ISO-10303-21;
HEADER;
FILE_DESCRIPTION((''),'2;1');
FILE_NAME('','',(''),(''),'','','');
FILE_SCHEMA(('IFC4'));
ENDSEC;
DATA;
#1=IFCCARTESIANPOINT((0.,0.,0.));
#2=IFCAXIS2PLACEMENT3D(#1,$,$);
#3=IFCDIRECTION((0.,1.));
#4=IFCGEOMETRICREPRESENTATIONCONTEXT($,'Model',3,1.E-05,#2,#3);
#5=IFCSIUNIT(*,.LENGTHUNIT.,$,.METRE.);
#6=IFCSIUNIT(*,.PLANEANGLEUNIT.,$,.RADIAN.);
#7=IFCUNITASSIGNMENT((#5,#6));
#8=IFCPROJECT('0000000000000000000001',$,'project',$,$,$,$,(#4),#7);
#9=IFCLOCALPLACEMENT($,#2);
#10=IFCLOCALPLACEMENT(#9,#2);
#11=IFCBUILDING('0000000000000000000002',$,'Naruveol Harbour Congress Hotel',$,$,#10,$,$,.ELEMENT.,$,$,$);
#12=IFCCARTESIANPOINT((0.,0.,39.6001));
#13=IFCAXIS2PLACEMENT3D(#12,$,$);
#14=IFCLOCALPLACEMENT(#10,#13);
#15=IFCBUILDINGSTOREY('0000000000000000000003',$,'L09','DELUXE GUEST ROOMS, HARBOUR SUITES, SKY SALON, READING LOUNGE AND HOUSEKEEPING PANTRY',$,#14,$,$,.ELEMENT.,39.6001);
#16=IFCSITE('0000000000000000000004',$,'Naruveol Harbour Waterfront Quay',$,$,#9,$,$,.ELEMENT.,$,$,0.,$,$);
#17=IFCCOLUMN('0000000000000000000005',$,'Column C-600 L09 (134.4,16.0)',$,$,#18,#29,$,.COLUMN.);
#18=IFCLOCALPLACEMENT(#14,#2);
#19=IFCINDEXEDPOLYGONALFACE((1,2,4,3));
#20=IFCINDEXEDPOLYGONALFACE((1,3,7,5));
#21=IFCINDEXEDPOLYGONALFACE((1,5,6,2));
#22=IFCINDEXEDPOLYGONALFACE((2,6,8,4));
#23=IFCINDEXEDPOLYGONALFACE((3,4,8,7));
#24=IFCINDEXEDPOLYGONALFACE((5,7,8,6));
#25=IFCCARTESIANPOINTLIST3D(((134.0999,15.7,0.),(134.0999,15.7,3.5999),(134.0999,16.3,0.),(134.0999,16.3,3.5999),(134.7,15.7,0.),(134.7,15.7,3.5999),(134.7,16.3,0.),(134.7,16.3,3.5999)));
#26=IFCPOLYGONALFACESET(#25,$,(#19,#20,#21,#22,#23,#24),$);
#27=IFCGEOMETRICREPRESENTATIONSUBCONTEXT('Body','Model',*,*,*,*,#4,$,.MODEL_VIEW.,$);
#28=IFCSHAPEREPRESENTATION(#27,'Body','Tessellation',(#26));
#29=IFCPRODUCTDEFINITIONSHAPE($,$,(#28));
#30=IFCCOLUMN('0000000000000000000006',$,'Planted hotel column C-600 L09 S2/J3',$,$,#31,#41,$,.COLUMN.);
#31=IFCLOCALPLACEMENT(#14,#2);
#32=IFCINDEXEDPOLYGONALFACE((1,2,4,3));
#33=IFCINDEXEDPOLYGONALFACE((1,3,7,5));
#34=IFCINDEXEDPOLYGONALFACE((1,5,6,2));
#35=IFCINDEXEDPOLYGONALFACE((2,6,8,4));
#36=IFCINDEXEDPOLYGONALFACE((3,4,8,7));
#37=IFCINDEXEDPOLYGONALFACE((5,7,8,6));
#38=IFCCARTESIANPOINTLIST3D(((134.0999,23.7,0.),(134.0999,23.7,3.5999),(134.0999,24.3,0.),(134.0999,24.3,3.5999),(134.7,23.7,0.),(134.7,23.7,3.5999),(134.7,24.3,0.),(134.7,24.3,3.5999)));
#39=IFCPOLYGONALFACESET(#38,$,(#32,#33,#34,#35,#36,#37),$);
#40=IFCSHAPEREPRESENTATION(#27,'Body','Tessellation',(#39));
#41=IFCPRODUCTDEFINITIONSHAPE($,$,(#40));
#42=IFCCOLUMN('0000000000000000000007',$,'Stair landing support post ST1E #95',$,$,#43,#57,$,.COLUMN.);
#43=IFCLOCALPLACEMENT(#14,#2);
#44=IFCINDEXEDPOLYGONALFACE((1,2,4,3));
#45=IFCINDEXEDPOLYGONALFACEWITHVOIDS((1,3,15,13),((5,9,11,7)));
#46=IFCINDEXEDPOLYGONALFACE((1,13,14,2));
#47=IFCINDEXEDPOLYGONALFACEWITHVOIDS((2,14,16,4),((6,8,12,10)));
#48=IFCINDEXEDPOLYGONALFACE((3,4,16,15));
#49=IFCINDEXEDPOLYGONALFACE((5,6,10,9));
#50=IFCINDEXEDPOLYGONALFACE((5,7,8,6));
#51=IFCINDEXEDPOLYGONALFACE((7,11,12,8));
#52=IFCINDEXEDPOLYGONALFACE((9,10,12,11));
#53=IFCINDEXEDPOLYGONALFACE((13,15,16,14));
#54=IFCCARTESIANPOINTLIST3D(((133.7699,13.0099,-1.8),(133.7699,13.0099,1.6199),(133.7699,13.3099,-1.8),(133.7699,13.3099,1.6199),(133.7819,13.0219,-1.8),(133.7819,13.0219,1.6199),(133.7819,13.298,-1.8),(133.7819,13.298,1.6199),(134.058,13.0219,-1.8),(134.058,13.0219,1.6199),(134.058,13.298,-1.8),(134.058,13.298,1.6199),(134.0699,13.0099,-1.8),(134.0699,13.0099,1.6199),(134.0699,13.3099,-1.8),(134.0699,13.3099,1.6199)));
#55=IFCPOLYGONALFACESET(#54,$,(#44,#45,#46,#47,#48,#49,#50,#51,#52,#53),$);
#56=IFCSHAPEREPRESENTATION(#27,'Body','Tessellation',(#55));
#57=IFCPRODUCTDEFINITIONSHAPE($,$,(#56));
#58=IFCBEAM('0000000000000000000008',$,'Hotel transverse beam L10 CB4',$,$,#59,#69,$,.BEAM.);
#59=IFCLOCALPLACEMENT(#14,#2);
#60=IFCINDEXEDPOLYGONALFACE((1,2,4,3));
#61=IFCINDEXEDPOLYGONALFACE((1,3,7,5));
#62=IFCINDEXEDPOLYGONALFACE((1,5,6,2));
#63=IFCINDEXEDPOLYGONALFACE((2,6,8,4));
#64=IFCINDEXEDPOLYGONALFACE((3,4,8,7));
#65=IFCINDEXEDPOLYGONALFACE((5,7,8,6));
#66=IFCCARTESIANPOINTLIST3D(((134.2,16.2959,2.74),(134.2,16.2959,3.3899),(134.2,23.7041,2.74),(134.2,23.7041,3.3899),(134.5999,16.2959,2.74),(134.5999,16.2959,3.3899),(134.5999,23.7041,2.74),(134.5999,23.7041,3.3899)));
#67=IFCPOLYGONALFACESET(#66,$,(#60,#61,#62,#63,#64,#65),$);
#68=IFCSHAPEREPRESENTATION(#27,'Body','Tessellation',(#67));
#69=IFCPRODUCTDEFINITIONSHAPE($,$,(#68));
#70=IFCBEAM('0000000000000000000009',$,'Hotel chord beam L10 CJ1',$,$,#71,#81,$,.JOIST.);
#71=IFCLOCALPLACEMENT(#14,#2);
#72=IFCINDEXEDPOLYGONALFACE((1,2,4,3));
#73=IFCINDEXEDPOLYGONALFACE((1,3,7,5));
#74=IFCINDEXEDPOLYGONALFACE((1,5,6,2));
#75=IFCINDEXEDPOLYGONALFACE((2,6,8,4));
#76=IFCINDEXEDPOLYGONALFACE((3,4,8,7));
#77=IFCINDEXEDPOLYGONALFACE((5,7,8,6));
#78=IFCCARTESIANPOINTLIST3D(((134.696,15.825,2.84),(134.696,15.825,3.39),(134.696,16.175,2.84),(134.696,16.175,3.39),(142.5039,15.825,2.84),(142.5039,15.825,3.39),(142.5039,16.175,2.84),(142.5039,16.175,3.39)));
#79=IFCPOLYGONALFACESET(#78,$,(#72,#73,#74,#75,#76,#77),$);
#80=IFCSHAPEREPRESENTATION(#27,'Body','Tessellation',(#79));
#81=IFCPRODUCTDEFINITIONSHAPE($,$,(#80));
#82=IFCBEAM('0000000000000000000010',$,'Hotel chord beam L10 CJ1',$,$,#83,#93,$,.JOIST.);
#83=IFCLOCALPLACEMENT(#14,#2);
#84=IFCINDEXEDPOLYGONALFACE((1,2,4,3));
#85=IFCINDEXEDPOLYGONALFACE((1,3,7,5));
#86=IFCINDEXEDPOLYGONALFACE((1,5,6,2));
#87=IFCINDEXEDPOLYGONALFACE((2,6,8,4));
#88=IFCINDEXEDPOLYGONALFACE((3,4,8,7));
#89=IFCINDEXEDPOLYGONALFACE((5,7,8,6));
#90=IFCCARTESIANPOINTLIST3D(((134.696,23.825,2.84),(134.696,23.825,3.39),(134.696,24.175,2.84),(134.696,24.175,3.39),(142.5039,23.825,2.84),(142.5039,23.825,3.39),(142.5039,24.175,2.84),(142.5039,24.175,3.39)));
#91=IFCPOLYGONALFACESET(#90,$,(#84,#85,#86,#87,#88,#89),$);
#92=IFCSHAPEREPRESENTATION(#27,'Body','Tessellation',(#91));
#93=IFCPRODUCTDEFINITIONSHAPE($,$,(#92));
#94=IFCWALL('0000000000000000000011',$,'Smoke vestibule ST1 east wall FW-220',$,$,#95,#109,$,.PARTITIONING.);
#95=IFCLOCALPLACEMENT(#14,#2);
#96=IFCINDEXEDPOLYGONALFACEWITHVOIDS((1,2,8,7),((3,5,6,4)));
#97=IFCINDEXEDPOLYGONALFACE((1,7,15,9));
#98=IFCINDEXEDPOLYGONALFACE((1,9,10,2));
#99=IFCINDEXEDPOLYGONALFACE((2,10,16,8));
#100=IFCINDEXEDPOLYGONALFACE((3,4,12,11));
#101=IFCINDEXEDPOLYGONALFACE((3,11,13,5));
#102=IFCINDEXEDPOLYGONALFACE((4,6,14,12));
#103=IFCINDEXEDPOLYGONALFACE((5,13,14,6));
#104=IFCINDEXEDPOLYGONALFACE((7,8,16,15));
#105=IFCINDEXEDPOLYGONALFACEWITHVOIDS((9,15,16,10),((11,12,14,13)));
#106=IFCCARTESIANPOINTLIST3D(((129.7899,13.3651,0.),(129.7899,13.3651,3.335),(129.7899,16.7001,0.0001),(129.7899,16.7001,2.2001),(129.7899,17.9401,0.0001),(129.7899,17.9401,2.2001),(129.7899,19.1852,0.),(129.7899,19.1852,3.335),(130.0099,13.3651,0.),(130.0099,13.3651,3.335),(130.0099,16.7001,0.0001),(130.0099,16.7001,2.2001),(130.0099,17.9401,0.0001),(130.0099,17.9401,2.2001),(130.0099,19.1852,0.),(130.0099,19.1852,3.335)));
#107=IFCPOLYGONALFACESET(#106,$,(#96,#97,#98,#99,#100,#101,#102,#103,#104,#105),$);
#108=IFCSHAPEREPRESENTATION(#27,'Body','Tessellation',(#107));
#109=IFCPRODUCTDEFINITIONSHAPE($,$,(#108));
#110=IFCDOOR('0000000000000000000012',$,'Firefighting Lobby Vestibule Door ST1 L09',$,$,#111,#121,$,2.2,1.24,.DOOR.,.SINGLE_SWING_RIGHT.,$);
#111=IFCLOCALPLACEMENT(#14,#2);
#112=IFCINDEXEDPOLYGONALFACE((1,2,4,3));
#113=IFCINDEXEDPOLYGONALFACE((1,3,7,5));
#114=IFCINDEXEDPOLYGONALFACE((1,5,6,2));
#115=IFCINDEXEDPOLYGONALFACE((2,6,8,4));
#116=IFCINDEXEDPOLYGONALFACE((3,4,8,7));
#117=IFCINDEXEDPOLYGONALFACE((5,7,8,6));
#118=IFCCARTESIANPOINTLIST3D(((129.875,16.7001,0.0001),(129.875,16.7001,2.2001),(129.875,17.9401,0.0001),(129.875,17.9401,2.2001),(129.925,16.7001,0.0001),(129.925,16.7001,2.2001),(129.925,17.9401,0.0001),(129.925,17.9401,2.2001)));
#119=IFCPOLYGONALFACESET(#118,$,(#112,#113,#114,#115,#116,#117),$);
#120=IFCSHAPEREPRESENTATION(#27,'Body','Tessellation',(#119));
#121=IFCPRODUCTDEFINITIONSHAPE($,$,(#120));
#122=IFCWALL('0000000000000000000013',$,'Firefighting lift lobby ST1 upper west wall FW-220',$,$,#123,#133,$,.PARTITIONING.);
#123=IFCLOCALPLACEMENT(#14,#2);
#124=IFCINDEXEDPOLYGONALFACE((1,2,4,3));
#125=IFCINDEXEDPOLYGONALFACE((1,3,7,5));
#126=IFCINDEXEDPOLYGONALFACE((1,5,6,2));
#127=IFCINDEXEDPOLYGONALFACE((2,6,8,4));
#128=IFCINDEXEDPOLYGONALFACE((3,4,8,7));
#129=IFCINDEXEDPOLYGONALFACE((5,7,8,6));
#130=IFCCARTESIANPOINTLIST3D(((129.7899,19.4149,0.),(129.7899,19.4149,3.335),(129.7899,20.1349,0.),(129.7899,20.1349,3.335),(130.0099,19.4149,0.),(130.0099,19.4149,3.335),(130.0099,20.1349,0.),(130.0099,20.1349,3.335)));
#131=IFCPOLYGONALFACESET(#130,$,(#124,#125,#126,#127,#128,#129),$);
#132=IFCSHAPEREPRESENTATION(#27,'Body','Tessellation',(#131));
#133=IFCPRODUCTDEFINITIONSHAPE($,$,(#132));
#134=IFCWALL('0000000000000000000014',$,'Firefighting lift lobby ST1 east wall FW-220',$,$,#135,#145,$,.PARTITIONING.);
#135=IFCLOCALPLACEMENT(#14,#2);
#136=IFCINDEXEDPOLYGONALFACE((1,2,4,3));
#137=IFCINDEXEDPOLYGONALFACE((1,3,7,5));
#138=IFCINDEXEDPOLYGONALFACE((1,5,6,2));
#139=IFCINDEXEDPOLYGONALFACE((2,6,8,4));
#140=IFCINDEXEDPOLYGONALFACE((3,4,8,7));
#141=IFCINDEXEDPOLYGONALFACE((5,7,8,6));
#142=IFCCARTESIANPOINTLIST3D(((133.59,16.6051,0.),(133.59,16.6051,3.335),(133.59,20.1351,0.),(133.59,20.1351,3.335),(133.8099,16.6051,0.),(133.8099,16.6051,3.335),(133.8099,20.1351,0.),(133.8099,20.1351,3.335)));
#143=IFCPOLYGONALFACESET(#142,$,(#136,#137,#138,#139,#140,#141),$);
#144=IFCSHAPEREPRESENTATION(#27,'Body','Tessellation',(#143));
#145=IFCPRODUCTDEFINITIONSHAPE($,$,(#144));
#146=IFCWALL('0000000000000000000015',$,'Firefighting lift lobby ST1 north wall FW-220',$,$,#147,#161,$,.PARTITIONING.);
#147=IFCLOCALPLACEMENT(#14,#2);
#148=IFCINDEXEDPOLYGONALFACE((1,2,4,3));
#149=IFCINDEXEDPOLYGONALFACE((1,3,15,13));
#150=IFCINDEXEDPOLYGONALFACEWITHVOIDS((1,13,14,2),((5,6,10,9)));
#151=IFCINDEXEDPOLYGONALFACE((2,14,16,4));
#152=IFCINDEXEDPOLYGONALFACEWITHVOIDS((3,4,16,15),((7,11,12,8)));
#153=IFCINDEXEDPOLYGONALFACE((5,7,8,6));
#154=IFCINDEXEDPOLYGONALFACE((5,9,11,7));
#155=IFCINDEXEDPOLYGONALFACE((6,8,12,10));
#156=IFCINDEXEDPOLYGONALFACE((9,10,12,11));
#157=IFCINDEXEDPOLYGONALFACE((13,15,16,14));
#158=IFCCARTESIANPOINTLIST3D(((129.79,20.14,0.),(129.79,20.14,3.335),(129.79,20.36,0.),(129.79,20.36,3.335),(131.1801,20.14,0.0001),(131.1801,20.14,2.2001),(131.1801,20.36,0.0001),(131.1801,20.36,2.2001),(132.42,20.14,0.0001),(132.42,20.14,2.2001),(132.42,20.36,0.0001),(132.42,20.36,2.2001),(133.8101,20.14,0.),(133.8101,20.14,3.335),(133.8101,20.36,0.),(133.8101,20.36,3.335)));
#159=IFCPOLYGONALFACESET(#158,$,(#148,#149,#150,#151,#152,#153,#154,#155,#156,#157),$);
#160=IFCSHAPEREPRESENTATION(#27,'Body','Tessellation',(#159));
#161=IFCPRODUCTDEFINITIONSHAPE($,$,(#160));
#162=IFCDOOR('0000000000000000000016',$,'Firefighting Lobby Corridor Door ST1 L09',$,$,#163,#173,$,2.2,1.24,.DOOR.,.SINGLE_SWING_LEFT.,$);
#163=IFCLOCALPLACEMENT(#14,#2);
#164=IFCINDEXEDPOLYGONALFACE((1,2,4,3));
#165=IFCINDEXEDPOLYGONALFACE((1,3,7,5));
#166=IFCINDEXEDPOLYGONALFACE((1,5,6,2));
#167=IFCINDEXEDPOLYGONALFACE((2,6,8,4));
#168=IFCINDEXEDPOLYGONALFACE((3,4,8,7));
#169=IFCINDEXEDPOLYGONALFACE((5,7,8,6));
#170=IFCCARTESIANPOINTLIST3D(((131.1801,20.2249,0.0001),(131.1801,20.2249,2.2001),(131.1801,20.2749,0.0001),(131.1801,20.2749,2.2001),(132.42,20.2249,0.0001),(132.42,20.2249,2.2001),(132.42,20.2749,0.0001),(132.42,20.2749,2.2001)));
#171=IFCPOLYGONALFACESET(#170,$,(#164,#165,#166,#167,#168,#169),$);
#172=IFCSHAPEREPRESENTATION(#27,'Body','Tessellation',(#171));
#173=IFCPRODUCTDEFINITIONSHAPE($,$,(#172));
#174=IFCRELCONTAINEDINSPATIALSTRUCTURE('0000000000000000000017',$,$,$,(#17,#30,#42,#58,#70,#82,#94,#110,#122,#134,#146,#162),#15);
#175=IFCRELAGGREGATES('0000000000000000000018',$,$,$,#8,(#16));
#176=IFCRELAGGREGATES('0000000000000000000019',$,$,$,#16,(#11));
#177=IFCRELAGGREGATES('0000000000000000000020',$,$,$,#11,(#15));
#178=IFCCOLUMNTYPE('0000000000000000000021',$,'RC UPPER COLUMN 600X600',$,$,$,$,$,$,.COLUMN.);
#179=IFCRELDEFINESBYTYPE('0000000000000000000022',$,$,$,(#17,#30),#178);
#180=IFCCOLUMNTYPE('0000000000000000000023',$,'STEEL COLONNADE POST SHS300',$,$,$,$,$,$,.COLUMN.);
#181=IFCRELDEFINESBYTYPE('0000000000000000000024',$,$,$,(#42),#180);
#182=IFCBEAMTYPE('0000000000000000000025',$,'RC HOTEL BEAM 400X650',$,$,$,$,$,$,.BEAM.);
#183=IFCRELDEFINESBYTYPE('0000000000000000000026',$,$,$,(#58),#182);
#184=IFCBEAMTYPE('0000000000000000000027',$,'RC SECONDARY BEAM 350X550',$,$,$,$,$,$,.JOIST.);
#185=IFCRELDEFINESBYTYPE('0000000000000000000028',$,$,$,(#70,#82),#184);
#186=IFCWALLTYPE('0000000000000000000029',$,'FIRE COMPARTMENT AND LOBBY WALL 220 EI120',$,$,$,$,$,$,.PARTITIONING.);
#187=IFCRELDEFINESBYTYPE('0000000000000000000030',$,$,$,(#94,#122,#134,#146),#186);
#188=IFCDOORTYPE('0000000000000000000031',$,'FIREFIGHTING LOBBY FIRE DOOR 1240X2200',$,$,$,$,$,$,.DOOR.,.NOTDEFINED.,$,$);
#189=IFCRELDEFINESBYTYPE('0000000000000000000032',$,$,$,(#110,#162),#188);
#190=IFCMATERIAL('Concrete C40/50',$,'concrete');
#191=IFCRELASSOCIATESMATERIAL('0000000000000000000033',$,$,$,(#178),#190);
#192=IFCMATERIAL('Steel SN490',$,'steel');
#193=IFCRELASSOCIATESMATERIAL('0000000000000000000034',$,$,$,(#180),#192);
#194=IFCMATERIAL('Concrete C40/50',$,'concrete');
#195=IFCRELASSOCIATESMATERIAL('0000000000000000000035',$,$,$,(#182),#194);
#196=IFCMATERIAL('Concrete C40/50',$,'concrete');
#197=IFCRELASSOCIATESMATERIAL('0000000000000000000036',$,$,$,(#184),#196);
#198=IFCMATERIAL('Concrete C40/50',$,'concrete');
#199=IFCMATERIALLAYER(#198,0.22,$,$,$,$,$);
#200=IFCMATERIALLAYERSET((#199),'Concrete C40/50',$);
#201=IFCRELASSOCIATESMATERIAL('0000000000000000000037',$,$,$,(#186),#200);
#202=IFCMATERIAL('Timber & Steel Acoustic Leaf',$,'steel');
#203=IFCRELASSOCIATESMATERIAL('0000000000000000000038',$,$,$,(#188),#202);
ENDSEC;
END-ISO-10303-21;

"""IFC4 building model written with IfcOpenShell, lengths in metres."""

from ifc_helpers import new_model, si_unit, direction, frame, frame_2d, origin, origin_2d, place, context, subcontext, project, spatial, rectangle, hollow_rectangle, extrude, material, layer, layer_set, material_profile, profile_set, type_object, element, fill, save


model = new_model("IFC4")

# Units and contexts
model_context = context("Model", 3, precision=1e-05, world=origin(), true_north=direction((0.0, 1.0)))
body_context = subcontext(model_context, "Body", "Model", "MODEL_VIEW")
ifc_project = project(units=[si_unit("LENGTHUNIT", "METRE"), si_unit("PLANEANGLEUNIT", "RADIAN")], contexts=[model_context])

# Site, building, storey
site_placement = place(None, origin())
site = spatial("IfcSite", under=ifc_project, at=site_placement, Name="Naruveol Harbour Waterfront Quay", CompositionType="ELEMENT", RefElevation=0.0)
building_placement = place(site_placement, origin())
building = spatial("IfcBuilding", under=site, at=building_placement, Name="Naruveol Harbour Congress Hotel", CompositionType="ELEMENT")
storey_placement = place(building_placement, frame((0.0, 0.0, 39.6001)))
storey = spatial("IfcBuildingStorey", under=building, at=storey_placement, Name="L09", Description="DELUXE GUEST ROOMS, HARBOUR SUITES, SKY SALON, READING LOUNGE AND HOUSEKEEPING PANTRY", CompositionType="ELEMENT", Elevation=39.6001)

# Columns
ifc_material_1 = material(Name="Concrete C40/50", Category="concrete")
ifc_material_profile_1 = material_profile(ifc_material_1, rectangle(XDim=0.6001, YDim=0.6001, at=origin_2d()), Name="RC-600x600")
ifc_profile_set_1 = profile_set([ifc_material_profile_1], Name="Concrete C40/50")
column_type_1 = type_object("IfcColumnType", Name="RC UPPER COLUMN 600X600", PredefinedType="COLUMN", material=ifc_profile_set_1)
for number, where, z_axis, x_axis, name in (
    (1, (134.3999, 16.0, 0.0), (0.0, 0.0, 1.0), (1.0, 0.0, 0.0), "Column C-600 L09 (134.4,16.0)"),
    (2, (134.3999, 24.0, 0.0), (0.0, 0.0, 1.0), (1.0, 0.0, 0.0), "Planted hotel column C-600 L09 S2/J3"),
):
    element("IfcColumn", number, at=place(storey_placement, frame(where, z_axis=z_axis, x_axis=x_axis)), inside=storey, type_object=column_type_1, Name=name, PredefinedType="COLUMN", context=body_context, shape_type="SweptSolid", body=[
        extrude(rectangle(XDim=0.6001, YDim=0.6001, at=origin_2d()), origin(), (0.0, 0.0, 1.0), 3.5999),
    ])
ifc_material_2 = material(Name="Steel SN490", Category="steel")
ifc_material_profile_2 = material_profile(ifc_material_2, hollow_rectangle(XDim=0.3, YDim=0.3, WallThickness=0.012, at=origin_2d()), Name="SHS-300x300x12")
ifc_profile_set_2 = profile_set([ifc_material_profile_2], Name="Steel SN490")
column_type_2 = type_object("IfcColumnType", Name="STEEL COLONNADE POST SHS300", PredefinedType="COLUMN", material=ifc_profile_set_2)
column_placement = place(storey_placement, frame((133.9199, 13.1599, -1.8), z_axis=(0.0, 0.0, 1.0), x_axis=(1.0, 0.0, 0.0)))
element("IfcColumn", 3, at=column_placement, inside=storey, type_object=column_type_2, Name="Stair landing support post ST1E #95", PredefinedType="COLUMN", context=body_context, shape_type="SweptSolid", body=[
    extrude(hollow_rectangle(XDim=0.3, YDim=0.3, WallThickness=0.012, at=origin_2d()), origin(), (0.0, 0.0, 1.0), 3.4199),
])

# Beams
ifc_material_3 = material(Name="Concrete C40/50", Category="concrete")
ifc_material_profile_3 = material_profile(ifc_material_3, rectangle(XDim=0.3999, YDim=0.6499, at=origin_2d()), Name="RCB-400x650")
ifc_profile_set_3 = profile_set([ifc_material_profile_3], Name="Concrete C40/50")
beam_type_1 = type_object("IfcBeamType", Name="RC HOTEL BEAM 400X650", PredefinedType="BEAM", material=ifc_profile_set_3)
beam_placement = place(storey_placement, frame((134.3999, 16.2959, 3.0649), z_axis=(0.0, 1.0, 0.0), x_axis=(-1.0, 0.0, 0.0)))
element("IfcBeam", 4, at=beam_placement, inside=storey, type_object=beam_type_1, Name="Hotel transverse beam L10 CB4", PredefinedType="BEAM", context=body_context, shape_type="SweptSolid", body=[
    extrude(rectangle(XDim=0.3999, YDim=0.6499, at=origin_2d()), origin(), (0.0, 0.0, 1.0), 7.4082),
])
ifc_material_4 = material(Name="Concrete C40/50", Category="concrete")
ifc_material_profile_4 = material_profile(ifc_material_4, rectangle(XDim=0.3501, YDim=0.55, at=origin_2d()), Name="RCB-350x550")
ifc_profile_set_4 = profile_set([ifc_material_profile_4], Name="Concrete C40/50")
beam_type_2 = type_object("IfcBeamType", Name="RC SECONDARY BEAM 350X550", PredefinedType="JOIST", material=ifc_profile_set_4)
for number, where, z_axis, x_axis, name in (
    (5, (134.696, 16.0, 3.115), (1.0, 0.0, 0.0), (0.0, 1.0, 0.0), "Hotel chord beam L10 CJ1"),
    (6, (134.696, 24.0, 3.115), (1.0, 0.0, 0.0), (0.0, 1.0, 0.0), "Hotel chord beam L10 CJ1"),
):
    element("IfcBeam", number, at=place(storey_placement, frame(where, z_axis=z_axis, x_axis=x_axis)), inside=storey, type_object=beam_type_2, Name=name, PredefinedType="JOIST", context=body_context, shape_type="SweptSolid", body=[
        extrude(rectangle(XDim=0.3501, YDim=0.55, at=origin_2d()), origin(), (0.0, 0.0, 1.0), 7.8079),
    ])

# Wall, opening, door
ifc_material_5 = material(Name="Concrete C40/50", Category="concrete")
ifc_layer_1 = layer(ifc_material_5, 0.22)
ifc_layer_set_1 = layer_set([ifc_layer_1], Name="Concrete C40/50")
wall_type_1 = type_object("IfcWallType", Name="FIRE COMPARTMENT AND LOBBY WALL 220 EI120", PredefinedType="PARTITIONING", material=ifc_layer_set_1)
wall_1_placement = place(storey_placement, frame((129.8999, 13.365, 0.0), z_axis=(0.0, 0.0, 1.0), x_axis=(0.0, 1.0, 0.0)))
wall_1 = element("IfcWall", 7, at=wall_1_placement, inside=storey, type_object=wall_type_1, Name="Smoke vestibule ST1 east wall FW-220", PredefinedType="PARTITIONING", context=body_context, shape_type="SweptSolid", body=[
    extrude(rectangle(XDim=5.8201, YDim=0.22, at=frame_2d((2.9102, 0.0))), origin(), (0.0, 0.0, 1.0), 3.335),
])
opening_1_placement = place(wall_1_placement, frame((3.335, 0.0, 0.0)))
opening_1 = element("IfcOpeningElement", 8, at=opening_1_placement, cuts=wall_1, PredefinedType="OPENING", context=body_context, shape_type="SweptSolid", body=[
    extrude(rectangle(XDim=1.24, YDim=2.2, at=frame_2d((0.6201, 1.1001))), frame((0.0, 0.1199, 0.0), z_axis=(0.0, -1.0, 0.0), x_axis=(1.0, 0.0, 0.0)), (0.0, 0.0, 1.0), 0.24),
])
ifc_material_6 = material(Name="Timber & Steel Acoustic Leaf", Category="steel")
door_type_1 = type_object("IfcDoorType", Name="FIREFIGHTING LOBBY FIRE DOOR 1240X2200", OperationType="NOTDEFINED", PredefinedType="DOOR", material=ifc_material_6)
door_1_placement = place(opening_1_placement, origin())
door_1 = element("IfcDoor", 9, at=door_1_placement, inside=storey, type_object=door_type_1, Name="Firefighting Lobby Vestibule Door ST1 L09", OperationType="SINGLE_SWING_RIGHT", OverallHeight=2.2, OverallWidth=1.24, PredefinedType="DOOR", context=body_context, shape_type="SweptSolid", body=[
    extrude(rectangle(XDim=1.24, YDim=2.2, at=frame_2d((0.6201, 1.1001))), frame((0.0, 0.0249, 0.0), z_axis=(0.0, -1.0, 0.0), x_axis=(1.0, 0.0, 0.0)), (0.0, 0.0, 1.0), 0.05),
])
fill(opening_1, door_1)

# Walls
wall_2_placement = place(storey_placement, frame((129.8999, 19.415, 0.0), z_axis=(0.0, 0.0, 1.0), x_axis=(0.0, 1.0, 0.0)))
element("IfcWall", 10, at=wall_2_placement, inside=storey, type_object=wall_type_1, Name="Firefighting lift lobby ST1 upper west wall FW-220", PredefinedType="PARTITIONING", context=body_context, shape_type="SweptSolid", body=[
    extrude(rectangle(XDim=0.72, YDim=0.22, at=frame_2d((0.3599, 0.0))), origin(), (0.0, 0.0, 1.0), 3.335),
])
wall_3_placement = place(storey_placement, frame((133.7, 16.605, 0.0), z_axis=(0.0, 0.0, 1.0), x_axis=(0.0, 1.0, 0.0)))
element("IfcWall", 11, at=wall_3_placement, inside=storey, type_object=wall_type_1, Name="Firefighting lift lobby ST1 east wall FW-220", PredefinedType="PARTITIONING", context=body_context, shape_type="SweptSolid", body=[
    extrude(rectangle(XDim=3.53, YDim=0.22, at=frame_2d((1.7651, 0.0))), origin(), (0.0, 0.0, 1.0), 3.335),
])

# Wall, opening, door
wall_4_placement = place(storey_placement, frame((129.79, 20.25, 0.0), z_axis=(0.0, 0.0, 1.0), x_axis=(1.0, 0.0, 0.0)))
wall_4 = element("IfcWall", 12, at=wall_4_placement, inside=storey, type_object=wall_type_1, Name="Firefighting lift lobby ST1 north wall FW-220", PredefinedType="PARTITIONING", context=body_context, shape_type="SweptSolid", body=[
    extrude(rectangle(XDim=4.02, YDim=0.22, at=frame_2d((2.01, 0.0))), origin(), (0.0, 0.0, 1.0), 3.335),
])
opening_2_placement = place(wall_4_placement, frame((1.3899, 0.0, 0.0)))
opening_2 = element("IfcOpeningElement", 13, at=opening_2_placement, cuts=wall_4, PredefinedType="OPENING", context=body_context, shape_type="SweptSolid", body=[
    extrude(rectangle(XDim=1.24, YDim=2.2, at=frame_2d((0.6201, 1.1001))), frame((0.0, 0.1199, 0.0), z_axis=(0.0, -1.0, 0.0), x_axis=(1.0, 0.0, 0.0)), (0.0, 0.0, 1.0), 0.24),
])
door_2_placement = place(opening_2_placement, origin())
door_2 = element("IfcDoor", 14, at=door_2_placement, inside=storey, type_object=door_type_1, Name="Firefighting Lobby Corridor Door ST1 L09", OperationType="SINGLE_SWING_LEFT", OverallHeight=2.2, OverallWidth=1.24, PredefinedType="DOOR", context=body_context, shape_type="SweptSolid", body=[
    extrude(rectangle(XDim=1.24, YDim=2.2, at=frame_2d((0.6201, 1.1001))), frame((0.0, 0.0249, 0.0), z_axis=(0.0, -1.0, 0.0), x_axis=(1.0, 0.0, 0.0)), (0.0, 0.0, 1.0), 0.05),
])
fill(opening_2, door_2)

save(model, "model.ifc")
